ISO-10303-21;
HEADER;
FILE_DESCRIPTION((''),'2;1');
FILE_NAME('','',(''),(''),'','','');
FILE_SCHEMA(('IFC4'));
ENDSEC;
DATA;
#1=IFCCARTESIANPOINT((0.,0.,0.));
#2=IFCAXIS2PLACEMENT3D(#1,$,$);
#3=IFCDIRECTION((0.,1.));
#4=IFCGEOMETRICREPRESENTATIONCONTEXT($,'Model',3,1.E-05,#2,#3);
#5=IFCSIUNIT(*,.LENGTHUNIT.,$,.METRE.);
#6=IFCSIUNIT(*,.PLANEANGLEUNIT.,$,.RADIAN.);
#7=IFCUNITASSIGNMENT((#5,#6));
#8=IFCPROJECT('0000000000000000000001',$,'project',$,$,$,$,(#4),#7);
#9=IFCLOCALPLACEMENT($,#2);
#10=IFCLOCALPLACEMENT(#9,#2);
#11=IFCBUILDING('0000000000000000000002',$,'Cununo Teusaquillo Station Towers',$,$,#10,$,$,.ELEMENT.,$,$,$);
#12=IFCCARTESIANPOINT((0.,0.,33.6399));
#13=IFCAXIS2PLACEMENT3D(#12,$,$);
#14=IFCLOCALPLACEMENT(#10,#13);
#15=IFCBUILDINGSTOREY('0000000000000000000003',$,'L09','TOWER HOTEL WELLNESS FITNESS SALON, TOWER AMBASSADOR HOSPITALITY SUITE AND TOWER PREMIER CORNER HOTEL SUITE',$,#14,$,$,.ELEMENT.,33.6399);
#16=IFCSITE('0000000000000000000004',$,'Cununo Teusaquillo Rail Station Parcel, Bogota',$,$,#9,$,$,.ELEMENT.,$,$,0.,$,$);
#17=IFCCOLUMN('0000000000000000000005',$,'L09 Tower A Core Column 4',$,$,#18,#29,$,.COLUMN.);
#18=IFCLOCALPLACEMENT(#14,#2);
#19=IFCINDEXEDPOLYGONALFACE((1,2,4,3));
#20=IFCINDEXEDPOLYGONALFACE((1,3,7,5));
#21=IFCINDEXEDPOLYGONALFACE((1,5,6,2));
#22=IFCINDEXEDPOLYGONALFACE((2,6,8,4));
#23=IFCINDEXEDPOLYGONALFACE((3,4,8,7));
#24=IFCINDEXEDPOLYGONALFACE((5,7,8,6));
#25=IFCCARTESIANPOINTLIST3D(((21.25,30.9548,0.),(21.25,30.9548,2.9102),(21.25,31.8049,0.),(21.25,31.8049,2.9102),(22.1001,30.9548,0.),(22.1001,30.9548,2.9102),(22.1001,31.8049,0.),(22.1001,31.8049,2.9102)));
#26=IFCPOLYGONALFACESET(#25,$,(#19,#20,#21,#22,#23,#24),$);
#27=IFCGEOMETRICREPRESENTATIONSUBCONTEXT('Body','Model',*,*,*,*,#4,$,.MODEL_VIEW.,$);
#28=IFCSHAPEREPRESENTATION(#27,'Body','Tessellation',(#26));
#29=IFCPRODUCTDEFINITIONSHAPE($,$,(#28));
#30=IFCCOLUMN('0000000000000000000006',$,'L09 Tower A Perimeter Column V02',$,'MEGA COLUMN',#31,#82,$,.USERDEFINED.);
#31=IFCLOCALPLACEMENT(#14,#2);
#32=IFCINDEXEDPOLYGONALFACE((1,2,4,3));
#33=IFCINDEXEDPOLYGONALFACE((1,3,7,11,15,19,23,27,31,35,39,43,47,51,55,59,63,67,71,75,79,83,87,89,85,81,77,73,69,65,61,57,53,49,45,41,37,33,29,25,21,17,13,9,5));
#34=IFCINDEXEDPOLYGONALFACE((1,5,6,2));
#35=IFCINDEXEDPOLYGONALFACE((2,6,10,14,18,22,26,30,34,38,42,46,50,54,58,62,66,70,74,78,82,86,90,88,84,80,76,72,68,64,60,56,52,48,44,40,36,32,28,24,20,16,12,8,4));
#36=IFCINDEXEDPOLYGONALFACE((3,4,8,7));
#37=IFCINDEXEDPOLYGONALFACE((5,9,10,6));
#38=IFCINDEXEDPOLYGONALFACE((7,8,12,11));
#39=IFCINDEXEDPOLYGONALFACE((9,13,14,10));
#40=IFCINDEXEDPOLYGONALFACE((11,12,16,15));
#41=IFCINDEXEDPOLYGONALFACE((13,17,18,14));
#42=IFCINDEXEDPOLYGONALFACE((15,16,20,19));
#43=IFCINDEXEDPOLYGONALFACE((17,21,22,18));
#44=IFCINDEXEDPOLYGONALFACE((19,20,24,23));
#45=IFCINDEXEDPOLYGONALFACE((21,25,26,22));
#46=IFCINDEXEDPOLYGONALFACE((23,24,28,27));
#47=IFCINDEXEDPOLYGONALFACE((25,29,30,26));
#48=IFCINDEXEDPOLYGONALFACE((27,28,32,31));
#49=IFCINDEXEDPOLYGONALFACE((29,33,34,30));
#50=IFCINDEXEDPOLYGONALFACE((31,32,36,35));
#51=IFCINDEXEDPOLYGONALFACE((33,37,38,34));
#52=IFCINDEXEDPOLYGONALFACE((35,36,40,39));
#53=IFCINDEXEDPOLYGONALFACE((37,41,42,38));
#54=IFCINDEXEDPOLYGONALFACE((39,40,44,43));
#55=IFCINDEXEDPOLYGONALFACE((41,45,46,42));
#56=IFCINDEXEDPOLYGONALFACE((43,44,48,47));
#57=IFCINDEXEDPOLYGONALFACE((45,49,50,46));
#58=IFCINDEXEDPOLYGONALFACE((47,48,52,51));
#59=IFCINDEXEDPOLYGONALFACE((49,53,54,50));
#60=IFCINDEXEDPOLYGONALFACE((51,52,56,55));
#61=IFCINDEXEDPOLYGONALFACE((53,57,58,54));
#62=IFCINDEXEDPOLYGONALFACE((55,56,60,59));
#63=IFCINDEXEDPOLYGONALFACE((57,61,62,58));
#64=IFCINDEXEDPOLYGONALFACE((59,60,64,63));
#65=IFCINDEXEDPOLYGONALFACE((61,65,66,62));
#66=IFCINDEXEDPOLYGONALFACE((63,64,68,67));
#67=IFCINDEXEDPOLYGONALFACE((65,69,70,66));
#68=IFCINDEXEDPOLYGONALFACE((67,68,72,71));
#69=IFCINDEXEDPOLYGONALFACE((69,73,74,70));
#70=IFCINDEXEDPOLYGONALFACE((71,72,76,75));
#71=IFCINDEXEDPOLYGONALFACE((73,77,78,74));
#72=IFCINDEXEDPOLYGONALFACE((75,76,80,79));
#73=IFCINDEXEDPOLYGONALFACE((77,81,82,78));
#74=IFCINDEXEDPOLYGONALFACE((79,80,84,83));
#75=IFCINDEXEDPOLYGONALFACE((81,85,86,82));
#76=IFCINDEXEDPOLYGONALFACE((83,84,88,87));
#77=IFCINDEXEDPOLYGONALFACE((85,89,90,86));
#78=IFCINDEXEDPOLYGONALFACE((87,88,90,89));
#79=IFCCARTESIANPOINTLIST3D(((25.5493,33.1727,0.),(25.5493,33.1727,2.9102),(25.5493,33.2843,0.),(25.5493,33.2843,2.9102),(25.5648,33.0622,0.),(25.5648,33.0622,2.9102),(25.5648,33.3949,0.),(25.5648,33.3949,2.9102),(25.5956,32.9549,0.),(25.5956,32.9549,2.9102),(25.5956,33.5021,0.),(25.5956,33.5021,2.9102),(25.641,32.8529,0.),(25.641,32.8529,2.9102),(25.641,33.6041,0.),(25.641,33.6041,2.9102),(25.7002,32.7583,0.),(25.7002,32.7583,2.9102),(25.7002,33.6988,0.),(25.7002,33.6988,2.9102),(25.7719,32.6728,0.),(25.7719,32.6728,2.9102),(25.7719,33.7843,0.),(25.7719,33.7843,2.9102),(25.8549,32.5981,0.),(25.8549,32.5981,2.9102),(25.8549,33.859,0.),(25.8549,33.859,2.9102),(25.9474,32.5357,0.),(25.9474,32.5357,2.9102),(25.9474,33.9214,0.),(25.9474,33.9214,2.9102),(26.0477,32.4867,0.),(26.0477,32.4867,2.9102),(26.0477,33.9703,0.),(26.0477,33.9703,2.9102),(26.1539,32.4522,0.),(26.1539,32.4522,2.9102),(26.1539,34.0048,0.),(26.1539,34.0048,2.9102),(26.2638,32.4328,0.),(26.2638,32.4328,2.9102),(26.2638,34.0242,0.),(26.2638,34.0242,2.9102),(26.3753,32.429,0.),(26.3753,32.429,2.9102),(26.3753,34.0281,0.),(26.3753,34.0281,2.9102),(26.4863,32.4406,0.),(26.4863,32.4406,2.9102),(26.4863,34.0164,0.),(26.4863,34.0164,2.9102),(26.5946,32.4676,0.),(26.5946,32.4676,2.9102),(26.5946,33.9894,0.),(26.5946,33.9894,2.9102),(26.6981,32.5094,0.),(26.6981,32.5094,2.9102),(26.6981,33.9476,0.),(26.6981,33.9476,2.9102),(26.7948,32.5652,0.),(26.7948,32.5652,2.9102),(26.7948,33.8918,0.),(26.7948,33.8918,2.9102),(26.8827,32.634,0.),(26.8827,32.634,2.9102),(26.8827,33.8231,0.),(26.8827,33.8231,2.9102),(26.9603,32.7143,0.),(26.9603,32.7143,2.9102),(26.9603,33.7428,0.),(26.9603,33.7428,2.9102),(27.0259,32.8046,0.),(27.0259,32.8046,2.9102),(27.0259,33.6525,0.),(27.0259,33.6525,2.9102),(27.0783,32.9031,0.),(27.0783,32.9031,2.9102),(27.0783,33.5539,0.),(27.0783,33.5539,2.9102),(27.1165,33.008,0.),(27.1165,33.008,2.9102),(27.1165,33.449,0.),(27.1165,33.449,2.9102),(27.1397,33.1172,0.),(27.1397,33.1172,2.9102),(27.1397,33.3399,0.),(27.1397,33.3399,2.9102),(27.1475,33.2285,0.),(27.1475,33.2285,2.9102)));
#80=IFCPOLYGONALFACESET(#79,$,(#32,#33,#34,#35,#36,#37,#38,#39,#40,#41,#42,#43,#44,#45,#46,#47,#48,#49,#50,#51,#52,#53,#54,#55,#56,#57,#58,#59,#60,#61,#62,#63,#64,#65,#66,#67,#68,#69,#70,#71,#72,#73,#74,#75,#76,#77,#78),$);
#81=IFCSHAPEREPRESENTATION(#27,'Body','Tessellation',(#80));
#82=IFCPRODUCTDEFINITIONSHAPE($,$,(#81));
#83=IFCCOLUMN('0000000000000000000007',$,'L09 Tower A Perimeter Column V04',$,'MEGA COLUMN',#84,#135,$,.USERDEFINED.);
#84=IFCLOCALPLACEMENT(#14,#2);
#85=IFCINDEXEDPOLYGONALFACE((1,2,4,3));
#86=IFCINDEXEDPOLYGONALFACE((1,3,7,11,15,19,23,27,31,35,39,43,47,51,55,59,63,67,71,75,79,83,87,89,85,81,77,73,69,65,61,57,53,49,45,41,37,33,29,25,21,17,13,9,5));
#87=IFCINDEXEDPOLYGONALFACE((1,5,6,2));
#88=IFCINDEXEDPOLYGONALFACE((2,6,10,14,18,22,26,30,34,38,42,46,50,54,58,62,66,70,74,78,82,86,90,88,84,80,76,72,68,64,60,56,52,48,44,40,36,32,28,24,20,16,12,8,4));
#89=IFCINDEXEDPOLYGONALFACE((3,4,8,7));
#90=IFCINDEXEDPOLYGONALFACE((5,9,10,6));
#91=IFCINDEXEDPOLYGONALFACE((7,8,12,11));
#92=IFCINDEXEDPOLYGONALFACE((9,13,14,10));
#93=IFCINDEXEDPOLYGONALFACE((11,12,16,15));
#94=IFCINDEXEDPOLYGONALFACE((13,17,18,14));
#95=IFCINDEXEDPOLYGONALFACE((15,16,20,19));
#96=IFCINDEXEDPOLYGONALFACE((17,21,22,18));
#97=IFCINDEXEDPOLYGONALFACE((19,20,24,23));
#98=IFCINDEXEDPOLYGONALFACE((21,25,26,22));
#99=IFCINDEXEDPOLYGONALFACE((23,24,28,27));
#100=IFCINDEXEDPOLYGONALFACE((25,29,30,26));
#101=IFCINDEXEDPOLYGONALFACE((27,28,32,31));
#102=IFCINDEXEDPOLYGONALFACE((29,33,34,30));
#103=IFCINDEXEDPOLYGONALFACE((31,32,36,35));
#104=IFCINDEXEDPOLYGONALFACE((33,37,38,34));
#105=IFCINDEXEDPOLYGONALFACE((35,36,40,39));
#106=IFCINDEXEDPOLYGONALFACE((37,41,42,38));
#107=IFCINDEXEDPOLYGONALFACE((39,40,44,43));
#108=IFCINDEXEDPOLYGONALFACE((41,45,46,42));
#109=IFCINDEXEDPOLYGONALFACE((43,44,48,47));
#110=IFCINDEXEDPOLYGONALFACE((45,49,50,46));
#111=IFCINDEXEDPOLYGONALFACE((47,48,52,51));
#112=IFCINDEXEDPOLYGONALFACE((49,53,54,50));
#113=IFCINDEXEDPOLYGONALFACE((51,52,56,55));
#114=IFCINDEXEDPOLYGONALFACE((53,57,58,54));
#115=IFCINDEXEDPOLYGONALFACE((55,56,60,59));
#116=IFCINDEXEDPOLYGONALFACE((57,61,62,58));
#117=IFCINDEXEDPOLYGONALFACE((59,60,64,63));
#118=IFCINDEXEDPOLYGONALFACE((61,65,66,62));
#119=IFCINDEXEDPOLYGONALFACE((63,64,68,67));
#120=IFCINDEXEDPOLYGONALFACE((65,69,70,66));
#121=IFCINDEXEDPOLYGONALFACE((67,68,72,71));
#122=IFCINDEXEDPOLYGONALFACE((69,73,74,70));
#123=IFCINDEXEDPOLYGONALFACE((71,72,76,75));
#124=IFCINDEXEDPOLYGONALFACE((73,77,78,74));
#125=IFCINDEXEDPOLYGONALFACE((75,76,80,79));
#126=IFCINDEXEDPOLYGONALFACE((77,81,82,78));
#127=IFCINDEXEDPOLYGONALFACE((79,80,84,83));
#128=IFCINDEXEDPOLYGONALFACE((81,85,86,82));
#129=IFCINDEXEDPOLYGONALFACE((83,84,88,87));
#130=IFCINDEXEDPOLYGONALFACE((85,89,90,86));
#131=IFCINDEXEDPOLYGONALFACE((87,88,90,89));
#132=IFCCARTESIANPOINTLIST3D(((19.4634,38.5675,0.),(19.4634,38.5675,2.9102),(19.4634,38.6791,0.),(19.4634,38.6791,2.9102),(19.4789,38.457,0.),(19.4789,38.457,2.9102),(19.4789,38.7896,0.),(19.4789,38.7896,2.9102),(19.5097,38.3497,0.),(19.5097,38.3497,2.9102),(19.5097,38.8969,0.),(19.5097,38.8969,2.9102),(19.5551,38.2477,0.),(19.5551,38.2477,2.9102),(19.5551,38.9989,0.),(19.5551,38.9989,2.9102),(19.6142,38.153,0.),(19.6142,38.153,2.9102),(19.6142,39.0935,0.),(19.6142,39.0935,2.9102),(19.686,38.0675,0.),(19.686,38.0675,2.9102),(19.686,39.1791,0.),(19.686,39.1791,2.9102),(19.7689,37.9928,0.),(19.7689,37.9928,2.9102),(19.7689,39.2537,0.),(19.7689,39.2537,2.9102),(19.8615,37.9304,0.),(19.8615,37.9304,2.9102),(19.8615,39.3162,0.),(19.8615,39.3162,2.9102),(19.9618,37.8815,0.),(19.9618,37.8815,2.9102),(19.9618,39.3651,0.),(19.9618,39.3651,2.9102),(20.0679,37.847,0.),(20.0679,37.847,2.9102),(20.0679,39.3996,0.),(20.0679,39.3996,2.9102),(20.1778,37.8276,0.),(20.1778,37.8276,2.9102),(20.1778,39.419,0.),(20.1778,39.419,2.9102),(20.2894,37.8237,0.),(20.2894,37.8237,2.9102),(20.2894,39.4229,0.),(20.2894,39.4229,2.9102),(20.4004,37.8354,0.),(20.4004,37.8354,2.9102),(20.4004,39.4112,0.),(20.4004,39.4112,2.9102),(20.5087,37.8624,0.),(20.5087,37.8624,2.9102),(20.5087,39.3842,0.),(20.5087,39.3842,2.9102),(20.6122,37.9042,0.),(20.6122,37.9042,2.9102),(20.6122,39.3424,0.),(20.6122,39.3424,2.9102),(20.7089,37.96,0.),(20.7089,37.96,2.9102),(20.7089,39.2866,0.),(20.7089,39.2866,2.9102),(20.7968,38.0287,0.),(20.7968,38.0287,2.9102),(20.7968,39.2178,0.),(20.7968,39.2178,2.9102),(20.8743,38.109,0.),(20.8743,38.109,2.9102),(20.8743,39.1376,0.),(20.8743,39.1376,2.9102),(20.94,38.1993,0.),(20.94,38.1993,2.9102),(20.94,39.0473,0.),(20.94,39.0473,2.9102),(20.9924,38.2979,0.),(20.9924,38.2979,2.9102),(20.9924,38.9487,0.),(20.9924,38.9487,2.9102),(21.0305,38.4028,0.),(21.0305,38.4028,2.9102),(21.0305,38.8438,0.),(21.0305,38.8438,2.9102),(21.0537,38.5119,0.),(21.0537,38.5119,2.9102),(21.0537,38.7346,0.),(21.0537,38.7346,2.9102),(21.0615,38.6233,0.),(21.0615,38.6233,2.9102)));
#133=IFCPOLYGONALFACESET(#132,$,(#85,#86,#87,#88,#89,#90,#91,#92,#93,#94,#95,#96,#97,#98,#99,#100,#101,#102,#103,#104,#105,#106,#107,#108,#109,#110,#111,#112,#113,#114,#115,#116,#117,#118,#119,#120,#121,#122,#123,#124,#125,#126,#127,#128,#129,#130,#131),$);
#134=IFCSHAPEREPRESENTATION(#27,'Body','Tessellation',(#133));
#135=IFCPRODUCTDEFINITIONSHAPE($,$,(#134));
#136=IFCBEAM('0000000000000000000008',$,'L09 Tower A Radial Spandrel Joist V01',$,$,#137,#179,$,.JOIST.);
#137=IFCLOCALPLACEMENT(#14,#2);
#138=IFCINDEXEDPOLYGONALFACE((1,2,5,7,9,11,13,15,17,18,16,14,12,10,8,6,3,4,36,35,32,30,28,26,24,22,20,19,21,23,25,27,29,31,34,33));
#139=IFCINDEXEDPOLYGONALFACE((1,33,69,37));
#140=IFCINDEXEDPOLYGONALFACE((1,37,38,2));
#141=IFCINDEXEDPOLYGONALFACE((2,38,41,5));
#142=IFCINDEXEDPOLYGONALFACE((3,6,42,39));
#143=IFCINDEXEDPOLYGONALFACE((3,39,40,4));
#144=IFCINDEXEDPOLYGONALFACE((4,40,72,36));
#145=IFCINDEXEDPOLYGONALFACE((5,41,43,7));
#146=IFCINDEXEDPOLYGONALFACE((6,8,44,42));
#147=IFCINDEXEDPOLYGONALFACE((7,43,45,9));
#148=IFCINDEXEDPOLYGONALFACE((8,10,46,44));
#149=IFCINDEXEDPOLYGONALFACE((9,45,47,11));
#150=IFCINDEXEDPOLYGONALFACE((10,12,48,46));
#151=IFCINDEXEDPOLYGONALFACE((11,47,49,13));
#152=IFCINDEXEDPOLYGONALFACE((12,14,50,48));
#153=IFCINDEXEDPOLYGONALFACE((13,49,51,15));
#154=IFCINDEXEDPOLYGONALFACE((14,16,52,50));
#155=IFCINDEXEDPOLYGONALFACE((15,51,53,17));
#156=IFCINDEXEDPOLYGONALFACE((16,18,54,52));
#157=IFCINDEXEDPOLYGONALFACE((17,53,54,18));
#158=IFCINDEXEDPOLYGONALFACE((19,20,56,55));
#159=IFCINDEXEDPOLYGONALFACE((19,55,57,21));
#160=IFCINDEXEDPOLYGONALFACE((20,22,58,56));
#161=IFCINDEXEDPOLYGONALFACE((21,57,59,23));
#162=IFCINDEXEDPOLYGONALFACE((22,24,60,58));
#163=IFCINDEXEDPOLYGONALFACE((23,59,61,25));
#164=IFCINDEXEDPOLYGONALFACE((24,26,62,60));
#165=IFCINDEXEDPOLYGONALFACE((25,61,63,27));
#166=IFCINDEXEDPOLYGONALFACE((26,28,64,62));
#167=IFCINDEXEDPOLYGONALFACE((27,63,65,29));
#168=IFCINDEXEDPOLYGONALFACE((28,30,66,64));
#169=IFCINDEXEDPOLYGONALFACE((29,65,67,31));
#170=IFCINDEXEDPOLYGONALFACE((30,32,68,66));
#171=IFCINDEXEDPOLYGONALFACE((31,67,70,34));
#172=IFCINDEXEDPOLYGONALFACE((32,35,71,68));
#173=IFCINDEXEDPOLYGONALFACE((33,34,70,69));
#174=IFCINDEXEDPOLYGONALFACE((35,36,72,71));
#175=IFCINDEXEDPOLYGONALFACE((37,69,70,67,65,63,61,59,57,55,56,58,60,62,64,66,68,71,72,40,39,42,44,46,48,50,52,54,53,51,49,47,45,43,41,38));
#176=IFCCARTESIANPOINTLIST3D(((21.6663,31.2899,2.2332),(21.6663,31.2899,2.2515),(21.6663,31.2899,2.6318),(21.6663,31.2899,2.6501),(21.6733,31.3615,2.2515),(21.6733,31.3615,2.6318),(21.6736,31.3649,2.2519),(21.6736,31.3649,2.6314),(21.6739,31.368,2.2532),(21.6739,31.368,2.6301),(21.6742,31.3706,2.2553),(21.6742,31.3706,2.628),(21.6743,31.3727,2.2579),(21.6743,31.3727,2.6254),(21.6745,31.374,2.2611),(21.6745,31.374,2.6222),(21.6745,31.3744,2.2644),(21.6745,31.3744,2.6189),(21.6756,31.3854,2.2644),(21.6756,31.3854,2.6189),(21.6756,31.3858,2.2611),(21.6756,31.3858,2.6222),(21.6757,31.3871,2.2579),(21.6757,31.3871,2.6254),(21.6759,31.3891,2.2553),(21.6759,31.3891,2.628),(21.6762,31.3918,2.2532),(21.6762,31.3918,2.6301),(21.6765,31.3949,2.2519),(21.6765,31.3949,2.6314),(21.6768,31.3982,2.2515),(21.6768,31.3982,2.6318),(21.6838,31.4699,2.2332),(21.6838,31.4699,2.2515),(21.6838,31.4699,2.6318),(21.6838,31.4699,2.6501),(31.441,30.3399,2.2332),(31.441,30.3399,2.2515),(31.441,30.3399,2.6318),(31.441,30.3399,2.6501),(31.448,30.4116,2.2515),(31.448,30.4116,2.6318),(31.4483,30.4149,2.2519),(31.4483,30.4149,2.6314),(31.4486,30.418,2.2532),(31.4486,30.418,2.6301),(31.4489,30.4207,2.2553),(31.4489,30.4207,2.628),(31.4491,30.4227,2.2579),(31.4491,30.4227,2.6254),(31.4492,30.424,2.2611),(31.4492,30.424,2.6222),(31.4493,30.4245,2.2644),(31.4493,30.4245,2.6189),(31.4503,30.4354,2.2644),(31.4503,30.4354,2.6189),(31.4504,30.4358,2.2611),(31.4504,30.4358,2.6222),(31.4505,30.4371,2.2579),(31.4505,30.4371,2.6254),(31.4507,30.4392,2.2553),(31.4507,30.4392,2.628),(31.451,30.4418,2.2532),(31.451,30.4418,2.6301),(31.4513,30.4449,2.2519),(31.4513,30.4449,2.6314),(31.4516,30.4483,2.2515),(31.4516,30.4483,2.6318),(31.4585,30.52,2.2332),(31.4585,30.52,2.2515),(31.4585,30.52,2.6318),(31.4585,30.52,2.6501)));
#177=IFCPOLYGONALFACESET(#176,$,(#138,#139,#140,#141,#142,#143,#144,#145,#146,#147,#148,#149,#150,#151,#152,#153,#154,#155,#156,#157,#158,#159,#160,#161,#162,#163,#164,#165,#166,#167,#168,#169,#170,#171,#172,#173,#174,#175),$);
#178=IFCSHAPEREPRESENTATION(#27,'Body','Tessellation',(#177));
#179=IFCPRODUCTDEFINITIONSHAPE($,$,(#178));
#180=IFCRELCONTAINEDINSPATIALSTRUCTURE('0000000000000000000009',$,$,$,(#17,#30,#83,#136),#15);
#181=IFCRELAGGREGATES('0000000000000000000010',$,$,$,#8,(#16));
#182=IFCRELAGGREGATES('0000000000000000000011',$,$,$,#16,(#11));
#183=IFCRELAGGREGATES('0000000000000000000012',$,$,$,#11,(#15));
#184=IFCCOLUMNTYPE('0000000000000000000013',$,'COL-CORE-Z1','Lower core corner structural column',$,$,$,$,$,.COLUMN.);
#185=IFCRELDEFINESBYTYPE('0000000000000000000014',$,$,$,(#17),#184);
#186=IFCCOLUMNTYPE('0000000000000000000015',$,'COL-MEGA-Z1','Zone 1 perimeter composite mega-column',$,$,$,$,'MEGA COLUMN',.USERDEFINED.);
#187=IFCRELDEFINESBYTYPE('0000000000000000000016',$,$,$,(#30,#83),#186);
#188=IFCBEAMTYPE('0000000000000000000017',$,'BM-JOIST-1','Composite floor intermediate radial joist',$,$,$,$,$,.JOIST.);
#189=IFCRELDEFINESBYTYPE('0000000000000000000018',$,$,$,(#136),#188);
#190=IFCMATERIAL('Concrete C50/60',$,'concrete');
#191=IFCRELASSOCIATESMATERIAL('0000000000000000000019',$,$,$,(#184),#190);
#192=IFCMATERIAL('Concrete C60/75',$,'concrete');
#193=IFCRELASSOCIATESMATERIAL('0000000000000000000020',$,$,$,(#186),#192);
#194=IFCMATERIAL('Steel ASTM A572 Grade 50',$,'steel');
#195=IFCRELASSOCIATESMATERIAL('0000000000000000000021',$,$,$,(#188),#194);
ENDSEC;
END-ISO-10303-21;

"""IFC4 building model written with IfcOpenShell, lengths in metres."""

from ifc_helpers import new_model, si_unit, direction, frame, origin, origin_2d, place, context, subcontext, project, spatial, rectangle, circle, i_section, extrude, material, material_profile, profile_set, type_object, element, save


model = new_model("IFC4")

# Units and contexts
model_context = context("Model", 3, precision=1e-05, world=origin(), true_north=direction((0.0, 1.0)))
body_context = subcontext(model_context, "Body", "Model", "MODEL_VIEW")
ifc_project = project(units=[si_unit("LENGTHUNIT", "METRE"), si_unit("PLANEANGLEUNIT", "RADIAN")], contexts=[model_context])

# Site, building, storey
site_placement = place(None, origin())
site = spatial("IfcSite", under=ifc_project, at=site_placement, Name="Cununo Teusaquillo Rail Station Parcel, Bogota", CompositionType="ELEMENT", RefElevation=0.0)
building_placement = place(site_placement, origin())
building = spatial("IfcBuilding", under=site, at=building_placement, Name="Cununo Teusaquillo Station Towers", CompositionType="ELEMENT")
storey_placement = place(building_placement, frame((0.0, 0.0, 33.6399)))
storey = spatial("IfcBuildingStorey", under=building, at=storey_placement, Name="L09", Description="TOWER HOTEL WELLNESS FITNESS SALON, TOWER AMBASSADOR HOSPITALITY SUITE AND TOWER PREMIER CORNER HOTEL SUITE", CompositionType="ELEMENT", Elevation=33.6399)

# Columns
ifc_material_1 = material(Name="Concrete C50/60", Category="concrete")
ifc_material_profile_1 = material_profile(ifc_material_1, rectangle(XDim=0.8501, YDim=0.8501, at=origin_2d()), Name="RC-RECT-850x850")
ifc_profile_set_1 = profile_set([ifc_material_profile_1], Name="Concrete C50/60")
column_type_1 = type_object("IfcColumnType", Name="COL-CORE-Z1", Description="Lower core corner structural column", PredefinedType="COLUMN", material=ifc_profile_set_1)
column_placement = place(storey_placement, frame((21.675, 31.3799, 0.0), z_axis=(0.0, 0.0, 1.0), x_axis=(1.0, 0.0, 0.0)))
element("IfcColumn", 1, at=column_placement, inside=storey, type_object=column_type_1, Name="L09 Tower A Core Column 4", PredefinedType="COLUMN", context=body_context, shape_type="SweptSolid", body=[
    extrude(rectangle(XDim=0.8501, YDim=0.8501, at=origin_2d()), origin(), (0.0, 0.0, 1.0), 2.9102),
])
ifc_material_2 = material(Name="Concrete C60/75", Category="concrete")
ifc_material_profile_2 = material_profile(ifc_material_2, circle(Radius=0.8, at=origin_2d()), Name="RC-CIRC-1600")
ifc_profile_set_2 = profile_set([ifc_material_profile_2], Name="Concrete C60/75")
column_type_2 = type_object("IfcColumnType", Name="COL-MEGA-Z1", Description="Zone 1 perimeter composite mega-column", ElementType="MEGA COLUMN", PredefinedType="USERDEFINED", material=ifc_profile_set_2)
for number, where, z_axis, x_axis, name in (
    (2, (26.3474, 33.2285, 0.0), (0.0, 0.0, 1.0), (1.0, 0.0, 0.0), "L09 Tower A Perimeter Column V02"),
    (3, (20.2615, 38.6233, 0.0), (0.0, 0.0, 1.0), (1.0, 0.0, 0.0), "L09 Tower A Perimeter Column V04"),
):
    element("IfcColumn", number, at=place(storey_placement, frame(where, z_axis=z_axis, x_axis=x_axis)), inside=storey, type_object=column_type_2, Name=name, ObjectType="MEGA COLUMN", PredefinedType="USERDEFINED", context=body_context, shape_type="SweptSolid", body=[
        extrude(circle(Radius=0.8, at=origin_2d()), origin(), (0.0, 0.0, 1.0), 2.9102),
    ])

# Beam
ifc_material_3 = material(Name="Steel ASTM A572 Grade 50", Category="steel")
ifc_material_profile_3 = material_profile(ifc_material_3, i_section(OverallWidth=0.1809, OverallDepth=0.417, WebThickness=0.011, FlangeThickness=0.0183, FilletRadius=0.0129, at=origin_2d()), Name="W16X57")
ifc_profile_set_3 = profile_set([ifc_material_profile_3], Name="Steel ASTM A572 Grade 50")
beam_type_1 = type_object("IfcBeamType", Name="BM-JOIST-1", Description="Composite floor intermediate radial joist", PredefinedType="JOIST", material=ifc_profile_set_3)
beam_1_placement = place(storey_placement, frame((21.675, 31.3799, 2.4417), z_axis=(0.995311, -0.096729, 0.0), x_axis=(0.096729, 0.995311, 0.0)))
element("IfcBeam", 4, at=beam_1_placement, inside=storey, type_object=beam_type_1, Name="L09 Tower A Radial Spandrel Joist V01", PredefinedType="JOIST", context=body_context, shape_type="SweptSolid", body=[
    extrude(i_section(OverallWidth=0.1809, OverallDepth=0.417, WebThickness=0.011, FlangeThickness=0.0183, FilletRadius=0.0129, at=origin_2d()), origin(), (0.0, 0.0, 1.0), 9.8208),
])

save(model, "model.ifc")
